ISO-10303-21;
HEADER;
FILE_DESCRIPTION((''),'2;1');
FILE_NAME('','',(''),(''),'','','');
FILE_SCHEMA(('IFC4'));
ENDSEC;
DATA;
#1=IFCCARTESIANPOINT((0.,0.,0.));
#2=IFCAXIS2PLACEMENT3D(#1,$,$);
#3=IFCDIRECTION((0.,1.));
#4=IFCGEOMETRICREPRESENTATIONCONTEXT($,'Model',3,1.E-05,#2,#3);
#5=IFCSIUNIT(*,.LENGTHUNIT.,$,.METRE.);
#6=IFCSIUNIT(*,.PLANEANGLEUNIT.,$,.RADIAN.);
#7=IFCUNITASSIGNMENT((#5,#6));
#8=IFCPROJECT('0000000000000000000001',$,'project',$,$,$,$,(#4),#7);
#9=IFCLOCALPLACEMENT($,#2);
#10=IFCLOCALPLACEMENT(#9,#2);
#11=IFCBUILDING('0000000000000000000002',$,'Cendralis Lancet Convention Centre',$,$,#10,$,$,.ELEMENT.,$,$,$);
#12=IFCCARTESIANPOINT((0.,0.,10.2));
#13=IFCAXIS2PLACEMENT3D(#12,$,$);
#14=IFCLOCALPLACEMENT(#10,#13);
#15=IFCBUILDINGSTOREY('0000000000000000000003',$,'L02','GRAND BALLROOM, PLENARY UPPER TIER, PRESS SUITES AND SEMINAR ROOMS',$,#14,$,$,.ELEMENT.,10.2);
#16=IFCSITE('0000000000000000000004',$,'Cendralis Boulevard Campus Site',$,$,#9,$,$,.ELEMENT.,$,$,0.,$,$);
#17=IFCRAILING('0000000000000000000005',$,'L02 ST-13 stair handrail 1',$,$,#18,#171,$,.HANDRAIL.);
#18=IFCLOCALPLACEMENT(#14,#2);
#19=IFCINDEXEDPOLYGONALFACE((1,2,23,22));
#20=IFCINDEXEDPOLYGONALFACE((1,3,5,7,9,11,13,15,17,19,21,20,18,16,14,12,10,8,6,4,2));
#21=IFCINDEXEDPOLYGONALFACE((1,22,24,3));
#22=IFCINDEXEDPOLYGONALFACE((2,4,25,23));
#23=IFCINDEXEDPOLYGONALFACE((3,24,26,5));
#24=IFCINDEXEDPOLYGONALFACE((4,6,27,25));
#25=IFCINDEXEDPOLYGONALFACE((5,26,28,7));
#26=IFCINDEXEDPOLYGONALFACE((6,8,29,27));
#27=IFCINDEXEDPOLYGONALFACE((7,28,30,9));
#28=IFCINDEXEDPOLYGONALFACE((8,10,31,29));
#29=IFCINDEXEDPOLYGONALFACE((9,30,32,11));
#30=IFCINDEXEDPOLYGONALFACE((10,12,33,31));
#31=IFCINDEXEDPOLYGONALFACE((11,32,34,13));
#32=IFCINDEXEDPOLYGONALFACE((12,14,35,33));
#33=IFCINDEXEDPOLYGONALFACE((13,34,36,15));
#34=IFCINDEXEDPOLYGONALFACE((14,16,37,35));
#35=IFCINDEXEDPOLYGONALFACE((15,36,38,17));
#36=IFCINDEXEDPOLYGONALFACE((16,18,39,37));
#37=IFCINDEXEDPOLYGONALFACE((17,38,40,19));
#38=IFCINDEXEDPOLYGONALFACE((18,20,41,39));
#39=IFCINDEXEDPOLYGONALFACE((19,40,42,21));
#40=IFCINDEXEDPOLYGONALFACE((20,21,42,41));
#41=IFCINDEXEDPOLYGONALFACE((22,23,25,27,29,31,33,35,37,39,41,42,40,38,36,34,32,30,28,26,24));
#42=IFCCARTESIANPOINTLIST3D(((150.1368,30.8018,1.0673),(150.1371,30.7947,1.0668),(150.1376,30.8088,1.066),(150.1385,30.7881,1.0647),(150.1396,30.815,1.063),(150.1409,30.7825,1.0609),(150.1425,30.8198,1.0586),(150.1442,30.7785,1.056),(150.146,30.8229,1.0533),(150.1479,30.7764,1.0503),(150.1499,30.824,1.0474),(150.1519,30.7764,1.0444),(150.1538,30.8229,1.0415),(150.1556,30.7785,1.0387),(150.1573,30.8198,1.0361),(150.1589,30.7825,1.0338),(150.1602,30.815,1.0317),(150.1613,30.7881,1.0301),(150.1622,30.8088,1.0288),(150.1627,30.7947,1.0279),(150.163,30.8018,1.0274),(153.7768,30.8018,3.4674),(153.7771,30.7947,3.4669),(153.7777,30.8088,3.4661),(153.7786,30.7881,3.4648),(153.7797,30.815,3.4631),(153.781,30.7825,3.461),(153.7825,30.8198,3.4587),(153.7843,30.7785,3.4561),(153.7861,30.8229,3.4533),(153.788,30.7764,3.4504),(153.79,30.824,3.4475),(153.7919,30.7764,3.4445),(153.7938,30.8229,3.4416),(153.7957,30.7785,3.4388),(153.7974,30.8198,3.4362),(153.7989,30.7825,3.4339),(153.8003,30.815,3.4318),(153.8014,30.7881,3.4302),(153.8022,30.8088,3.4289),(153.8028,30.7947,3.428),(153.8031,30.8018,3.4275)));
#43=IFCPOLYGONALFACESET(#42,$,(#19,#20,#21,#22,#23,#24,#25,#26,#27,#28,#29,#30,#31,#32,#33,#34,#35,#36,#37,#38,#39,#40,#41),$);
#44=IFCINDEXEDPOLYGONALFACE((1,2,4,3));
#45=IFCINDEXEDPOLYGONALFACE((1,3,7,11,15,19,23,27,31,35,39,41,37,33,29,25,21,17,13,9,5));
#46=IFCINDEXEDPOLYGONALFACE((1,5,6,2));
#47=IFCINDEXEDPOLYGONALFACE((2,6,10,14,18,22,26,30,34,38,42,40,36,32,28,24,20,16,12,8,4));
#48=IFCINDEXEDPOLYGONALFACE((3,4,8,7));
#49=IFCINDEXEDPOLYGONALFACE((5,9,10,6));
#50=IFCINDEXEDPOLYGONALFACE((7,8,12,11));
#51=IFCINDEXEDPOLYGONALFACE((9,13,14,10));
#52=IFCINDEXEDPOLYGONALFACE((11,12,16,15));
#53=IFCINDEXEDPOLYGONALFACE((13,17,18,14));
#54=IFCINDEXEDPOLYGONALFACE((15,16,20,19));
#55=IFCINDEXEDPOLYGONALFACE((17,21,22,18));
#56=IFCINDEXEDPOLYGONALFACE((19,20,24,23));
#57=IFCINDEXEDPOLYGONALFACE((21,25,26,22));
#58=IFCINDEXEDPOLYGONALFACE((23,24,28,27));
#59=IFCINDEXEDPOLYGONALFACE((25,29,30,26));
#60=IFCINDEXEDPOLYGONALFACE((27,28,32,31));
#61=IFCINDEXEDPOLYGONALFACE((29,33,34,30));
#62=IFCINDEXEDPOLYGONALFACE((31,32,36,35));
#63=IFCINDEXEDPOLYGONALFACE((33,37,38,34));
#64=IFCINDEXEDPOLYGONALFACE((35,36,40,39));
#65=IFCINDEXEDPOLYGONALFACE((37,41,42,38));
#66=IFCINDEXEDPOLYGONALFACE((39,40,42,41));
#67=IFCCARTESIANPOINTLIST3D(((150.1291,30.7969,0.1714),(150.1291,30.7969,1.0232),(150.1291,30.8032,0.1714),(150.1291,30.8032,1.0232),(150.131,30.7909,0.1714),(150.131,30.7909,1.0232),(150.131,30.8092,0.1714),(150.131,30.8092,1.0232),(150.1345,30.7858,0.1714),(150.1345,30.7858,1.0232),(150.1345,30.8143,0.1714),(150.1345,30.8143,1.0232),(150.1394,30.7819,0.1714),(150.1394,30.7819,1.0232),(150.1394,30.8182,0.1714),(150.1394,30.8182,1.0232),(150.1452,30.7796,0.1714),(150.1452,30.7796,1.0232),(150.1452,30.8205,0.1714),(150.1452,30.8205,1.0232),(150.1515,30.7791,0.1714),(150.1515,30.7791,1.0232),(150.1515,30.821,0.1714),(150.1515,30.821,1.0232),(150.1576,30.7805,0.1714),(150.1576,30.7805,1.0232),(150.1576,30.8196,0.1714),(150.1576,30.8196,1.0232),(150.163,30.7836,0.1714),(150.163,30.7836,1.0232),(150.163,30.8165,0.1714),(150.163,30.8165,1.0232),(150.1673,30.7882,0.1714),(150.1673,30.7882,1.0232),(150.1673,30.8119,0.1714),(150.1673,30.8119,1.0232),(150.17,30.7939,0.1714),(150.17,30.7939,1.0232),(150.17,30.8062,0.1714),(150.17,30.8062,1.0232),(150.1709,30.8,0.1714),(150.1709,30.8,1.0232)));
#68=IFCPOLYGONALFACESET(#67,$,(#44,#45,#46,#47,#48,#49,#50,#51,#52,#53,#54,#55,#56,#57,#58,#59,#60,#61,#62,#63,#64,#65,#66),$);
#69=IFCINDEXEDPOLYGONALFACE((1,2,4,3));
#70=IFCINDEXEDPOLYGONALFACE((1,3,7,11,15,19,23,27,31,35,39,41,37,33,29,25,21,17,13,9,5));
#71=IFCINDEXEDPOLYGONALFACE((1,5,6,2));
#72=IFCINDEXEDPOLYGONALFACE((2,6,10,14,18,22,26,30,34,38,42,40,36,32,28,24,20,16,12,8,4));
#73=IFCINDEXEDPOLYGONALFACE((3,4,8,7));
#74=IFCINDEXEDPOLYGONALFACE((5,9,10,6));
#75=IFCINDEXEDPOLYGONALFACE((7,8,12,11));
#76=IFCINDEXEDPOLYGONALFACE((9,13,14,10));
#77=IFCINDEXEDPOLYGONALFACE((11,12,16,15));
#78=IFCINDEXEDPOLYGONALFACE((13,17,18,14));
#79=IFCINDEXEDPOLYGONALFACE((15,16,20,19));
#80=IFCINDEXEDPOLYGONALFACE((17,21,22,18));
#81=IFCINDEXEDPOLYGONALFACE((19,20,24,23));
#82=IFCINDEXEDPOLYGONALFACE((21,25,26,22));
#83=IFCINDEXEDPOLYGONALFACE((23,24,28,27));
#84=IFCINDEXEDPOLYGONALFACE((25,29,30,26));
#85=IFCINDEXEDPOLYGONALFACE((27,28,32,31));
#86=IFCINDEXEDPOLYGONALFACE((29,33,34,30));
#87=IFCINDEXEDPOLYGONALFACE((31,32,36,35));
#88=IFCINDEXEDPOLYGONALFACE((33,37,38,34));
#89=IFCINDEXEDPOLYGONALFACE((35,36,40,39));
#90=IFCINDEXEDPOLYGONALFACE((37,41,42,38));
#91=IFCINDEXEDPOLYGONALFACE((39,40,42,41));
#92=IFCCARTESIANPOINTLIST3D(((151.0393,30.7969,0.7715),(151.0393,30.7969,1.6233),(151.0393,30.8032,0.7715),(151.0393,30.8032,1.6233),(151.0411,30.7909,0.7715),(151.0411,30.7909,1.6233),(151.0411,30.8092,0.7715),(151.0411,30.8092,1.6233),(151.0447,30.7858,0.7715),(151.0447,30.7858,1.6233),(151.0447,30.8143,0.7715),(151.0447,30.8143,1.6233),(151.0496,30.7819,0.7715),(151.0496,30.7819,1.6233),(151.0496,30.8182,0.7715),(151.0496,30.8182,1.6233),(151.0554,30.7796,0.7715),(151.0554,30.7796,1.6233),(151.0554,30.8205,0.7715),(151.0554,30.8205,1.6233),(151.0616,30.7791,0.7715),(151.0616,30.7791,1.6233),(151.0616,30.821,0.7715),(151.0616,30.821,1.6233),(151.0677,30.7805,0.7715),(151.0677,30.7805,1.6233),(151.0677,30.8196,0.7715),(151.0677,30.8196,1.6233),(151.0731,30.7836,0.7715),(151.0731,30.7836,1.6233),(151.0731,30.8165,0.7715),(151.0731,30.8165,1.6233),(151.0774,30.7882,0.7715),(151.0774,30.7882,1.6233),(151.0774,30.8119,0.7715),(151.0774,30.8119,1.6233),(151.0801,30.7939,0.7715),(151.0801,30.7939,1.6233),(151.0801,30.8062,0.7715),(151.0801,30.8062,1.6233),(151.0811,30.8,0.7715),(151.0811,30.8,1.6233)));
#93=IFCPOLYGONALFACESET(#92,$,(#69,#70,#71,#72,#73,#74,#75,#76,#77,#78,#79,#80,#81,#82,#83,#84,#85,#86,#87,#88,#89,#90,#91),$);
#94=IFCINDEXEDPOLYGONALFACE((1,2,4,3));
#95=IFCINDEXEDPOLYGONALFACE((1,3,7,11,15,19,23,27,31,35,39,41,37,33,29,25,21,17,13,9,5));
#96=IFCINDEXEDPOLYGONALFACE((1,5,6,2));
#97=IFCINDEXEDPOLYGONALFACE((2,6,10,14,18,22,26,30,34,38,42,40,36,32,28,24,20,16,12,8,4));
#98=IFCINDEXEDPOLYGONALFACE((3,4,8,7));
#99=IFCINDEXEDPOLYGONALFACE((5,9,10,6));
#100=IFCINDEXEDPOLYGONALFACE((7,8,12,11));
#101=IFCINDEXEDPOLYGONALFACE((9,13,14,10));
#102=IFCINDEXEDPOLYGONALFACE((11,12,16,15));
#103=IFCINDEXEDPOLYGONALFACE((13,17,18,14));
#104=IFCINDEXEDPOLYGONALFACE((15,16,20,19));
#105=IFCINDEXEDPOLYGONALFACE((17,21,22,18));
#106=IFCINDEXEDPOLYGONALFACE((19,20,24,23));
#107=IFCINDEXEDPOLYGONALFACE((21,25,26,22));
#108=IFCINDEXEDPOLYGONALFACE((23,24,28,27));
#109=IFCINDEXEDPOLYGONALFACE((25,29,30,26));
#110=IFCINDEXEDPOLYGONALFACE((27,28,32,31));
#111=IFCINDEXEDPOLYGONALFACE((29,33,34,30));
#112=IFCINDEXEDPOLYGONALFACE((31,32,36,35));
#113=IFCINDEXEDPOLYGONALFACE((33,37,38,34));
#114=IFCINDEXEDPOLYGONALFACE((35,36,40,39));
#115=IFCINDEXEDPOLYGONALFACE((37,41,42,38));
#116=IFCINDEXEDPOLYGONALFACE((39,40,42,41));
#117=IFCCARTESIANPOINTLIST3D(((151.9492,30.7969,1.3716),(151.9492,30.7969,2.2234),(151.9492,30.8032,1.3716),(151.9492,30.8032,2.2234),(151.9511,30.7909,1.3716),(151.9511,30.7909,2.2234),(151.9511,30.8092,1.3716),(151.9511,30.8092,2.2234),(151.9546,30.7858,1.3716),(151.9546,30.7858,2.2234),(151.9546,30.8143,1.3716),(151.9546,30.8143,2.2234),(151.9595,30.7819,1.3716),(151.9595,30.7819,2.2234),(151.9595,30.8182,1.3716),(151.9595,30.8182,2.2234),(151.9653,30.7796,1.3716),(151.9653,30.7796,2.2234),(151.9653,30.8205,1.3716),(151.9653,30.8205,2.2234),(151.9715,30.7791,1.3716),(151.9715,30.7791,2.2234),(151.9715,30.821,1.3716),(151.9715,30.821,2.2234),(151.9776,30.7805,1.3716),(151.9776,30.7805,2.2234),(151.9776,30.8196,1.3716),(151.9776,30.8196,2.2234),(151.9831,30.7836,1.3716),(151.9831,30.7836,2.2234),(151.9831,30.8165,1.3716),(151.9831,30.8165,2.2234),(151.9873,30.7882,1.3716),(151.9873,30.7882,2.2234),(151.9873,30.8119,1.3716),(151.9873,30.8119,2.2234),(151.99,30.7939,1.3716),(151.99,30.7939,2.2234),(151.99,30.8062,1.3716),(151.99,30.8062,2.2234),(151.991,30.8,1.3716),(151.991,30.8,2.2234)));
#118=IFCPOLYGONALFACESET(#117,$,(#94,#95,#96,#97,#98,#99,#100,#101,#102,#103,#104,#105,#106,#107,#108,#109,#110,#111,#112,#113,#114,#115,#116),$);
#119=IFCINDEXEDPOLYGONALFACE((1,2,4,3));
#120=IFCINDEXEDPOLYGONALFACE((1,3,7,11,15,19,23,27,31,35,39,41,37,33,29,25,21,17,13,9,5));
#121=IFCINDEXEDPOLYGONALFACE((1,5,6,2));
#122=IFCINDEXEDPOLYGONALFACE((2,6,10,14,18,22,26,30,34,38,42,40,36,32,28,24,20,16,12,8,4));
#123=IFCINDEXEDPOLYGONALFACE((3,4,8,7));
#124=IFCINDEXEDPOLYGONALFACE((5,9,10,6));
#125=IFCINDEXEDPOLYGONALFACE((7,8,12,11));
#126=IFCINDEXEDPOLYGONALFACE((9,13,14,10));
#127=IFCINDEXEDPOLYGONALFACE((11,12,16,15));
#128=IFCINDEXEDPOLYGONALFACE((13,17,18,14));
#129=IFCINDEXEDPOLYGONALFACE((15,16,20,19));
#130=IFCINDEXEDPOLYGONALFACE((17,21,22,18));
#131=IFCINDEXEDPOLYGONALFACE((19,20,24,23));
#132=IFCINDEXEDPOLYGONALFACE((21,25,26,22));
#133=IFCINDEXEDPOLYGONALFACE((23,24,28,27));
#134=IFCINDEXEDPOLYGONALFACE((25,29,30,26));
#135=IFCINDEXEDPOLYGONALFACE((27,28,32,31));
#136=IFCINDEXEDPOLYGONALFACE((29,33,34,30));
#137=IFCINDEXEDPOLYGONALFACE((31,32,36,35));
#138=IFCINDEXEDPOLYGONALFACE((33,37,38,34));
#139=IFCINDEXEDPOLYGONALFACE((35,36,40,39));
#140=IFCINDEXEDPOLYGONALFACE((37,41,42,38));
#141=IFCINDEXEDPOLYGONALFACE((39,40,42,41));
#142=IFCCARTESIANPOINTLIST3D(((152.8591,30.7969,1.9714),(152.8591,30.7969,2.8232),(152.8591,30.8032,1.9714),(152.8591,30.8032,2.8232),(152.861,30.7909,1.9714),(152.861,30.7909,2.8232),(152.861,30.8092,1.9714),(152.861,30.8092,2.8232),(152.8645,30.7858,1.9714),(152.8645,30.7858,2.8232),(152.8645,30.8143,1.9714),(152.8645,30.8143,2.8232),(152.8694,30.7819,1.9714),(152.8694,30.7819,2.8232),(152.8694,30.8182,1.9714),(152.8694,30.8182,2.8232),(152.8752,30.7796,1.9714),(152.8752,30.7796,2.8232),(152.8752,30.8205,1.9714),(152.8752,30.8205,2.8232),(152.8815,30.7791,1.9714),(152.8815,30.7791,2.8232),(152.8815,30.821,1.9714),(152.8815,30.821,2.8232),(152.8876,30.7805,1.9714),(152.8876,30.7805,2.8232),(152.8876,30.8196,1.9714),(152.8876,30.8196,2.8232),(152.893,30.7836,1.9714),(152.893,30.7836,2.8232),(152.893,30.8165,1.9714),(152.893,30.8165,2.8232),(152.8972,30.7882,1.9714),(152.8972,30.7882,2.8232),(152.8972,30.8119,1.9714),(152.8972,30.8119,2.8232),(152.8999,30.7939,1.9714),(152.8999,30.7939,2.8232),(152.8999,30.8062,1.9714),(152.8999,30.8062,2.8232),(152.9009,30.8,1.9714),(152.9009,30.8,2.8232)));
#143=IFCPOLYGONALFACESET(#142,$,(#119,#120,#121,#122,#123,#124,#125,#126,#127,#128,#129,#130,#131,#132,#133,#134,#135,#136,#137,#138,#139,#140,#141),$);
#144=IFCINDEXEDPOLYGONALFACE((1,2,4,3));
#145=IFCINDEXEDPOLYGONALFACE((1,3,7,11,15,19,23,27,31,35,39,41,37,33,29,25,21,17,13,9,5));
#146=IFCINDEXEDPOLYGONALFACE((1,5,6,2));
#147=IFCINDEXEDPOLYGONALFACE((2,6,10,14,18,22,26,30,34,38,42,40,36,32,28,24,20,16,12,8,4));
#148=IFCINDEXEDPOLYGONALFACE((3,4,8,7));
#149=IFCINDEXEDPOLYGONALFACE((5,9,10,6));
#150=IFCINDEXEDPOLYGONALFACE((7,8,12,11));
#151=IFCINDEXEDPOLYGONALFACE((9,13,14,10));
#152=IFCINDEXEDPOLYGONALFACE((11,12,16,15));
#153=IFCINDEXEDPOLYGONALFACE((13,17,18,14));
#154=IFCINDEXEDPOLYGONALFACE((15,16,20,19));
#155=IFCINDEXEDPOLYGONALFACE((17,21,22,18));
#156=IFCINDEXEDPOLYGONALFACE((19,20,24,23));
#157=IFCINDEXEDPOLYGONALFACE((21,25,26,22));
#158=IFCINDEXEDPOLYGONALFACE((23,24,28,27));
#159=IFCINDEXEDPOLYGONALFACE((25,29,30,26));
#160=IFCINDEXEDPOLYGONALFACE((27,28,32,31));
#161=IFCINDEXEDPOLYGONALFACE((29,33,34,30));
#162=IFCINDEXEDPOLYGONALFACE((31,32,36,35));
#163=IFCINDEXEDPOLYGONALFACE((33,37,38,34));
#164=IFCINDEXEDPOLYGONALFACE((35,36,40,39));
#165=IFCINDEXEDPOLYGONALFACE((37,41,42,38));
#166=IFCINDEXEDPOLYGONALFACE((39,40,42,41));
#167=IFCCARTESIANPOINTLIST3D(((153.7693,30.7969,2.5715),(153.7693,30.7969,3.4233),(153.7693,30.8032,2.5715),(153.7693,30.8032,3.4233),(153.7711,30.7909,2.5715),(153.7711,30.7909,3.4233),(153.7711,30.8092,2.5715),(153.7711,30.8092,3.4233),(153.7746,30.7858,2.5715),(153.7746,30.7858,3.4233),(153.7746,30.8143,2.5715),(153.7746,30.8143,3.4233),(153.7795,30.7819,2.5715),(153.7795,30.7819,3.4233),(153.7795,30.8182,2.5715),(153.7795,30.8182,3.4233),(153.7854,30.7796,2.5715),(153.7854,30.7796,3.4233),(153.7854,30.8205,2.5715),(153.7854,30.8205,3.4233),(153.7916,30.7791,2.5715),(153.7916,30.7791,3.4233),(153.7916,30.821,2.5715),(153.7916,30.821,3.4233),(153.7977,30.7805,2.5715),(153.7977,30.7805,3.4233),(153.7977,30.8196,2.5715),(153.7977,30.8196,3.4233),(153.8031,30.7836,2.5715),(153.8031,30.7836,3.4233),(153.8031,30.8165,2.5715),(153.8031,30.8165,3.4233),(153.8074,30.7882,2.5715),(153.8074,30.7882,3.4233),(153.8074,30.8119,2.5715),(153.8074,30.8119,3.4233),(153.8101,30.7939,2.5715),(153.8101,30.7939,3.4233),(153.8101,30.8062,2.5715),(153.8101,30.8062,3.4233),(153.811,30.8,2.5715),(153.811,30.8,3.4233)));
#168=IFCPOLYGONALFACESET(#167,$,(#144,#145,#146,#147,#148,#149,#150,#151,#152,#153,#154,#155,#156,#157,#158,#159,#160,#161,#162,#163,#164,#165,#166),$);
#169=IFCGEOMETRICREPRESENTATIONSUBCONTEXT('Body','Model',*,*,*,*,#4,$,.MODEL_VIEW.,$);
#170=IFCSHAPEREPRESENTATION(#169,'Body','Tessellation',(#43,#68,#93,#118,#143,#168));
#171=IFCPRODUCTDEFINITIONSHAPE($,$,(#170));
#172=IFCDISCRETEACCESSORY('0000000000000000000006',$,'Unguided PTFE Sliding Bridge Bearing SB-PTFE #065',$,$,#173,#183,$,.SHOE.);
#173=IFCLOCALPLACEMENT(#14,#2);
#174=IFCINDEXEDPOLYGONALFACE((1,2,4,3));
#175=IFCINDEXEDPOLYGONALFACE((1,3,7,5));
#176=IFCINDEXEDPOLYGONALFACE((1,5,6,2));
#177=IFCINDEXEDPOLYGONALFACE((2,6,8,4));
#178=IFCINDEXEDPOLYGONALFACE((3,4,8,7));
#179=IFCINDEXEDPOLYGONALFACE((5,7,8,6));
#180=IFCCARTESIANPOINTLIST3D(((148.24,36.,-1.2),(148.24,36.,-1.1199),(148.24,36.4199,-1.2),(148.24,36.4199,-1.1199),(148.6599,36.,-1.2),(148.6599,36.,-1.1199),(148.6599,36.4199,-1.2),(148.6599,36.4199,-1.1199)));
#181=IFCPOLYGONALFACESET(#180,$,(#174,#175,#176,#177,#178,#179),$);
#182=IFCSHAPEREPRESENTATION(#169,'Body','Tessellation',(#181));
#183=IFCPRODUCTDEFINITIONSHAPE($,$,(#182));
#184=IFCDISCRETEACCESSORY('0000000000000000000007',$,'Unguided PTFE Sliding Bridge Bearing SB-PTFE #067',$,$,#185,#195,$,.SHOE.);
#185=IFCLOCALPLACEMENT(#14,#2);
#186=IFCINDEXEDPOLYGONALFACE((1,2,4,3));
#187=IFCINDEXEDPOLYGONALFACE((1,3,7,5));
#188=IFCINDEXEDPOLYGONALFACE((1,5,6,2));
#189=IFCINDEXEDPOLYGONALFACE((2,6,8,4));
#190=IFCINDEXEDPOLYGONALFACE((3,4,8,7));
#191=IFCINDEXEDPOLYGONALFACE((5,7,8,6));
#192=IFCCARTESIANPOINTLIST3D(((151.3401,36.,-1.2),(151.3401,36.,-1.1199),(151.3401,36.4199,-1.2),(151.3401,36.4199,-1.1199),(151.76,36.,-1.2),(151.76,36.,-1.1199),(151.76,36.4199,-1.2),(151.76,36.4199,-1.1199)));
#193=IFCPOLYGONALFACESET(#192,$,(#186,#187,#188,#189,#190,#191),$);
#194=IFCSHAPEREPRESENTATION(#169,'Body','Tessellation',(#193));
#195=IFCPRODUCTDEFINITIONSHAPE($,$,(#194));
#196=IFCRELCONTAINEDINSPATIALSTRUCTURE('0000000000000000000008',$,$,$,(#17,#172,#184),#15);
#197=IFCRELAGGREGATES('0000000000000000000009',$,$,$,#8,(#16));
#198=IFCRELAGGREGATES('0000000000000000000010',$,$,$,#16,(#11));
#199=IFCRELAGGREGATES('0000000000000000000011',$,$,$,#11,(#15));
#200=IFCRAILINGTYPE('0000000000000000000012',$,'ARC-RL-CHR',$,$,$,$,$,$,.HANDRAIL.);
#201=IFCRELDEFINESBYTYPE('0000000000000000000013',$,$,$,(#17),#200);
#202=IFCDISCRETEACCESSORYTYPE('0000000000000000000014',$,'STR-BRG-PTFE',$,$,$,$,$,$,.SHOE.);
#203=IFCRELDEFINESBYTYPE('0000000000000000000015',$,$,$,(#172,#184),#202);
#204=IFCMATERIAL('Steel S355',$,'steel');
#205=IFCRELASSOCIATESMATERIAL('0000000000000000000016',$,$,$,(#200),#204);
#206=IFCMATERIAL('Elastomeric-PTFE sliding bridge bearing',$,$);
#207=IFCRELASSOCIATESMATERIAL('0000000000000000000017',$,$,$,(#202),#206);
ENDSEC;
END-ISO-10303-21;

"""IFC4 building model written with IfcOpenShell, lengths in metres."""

from ifc_helpers import new_model, si_unit, direction, frame, origin, origin_2d, place, context, subcontext, project, spatial, rectangle, circle, extrude, material, type_object, element, save


model = new_model("IFC4")

# Units and contexts
model_context = context("Model", 3, precision=1e-05, world=origin(), true_north=direction((0.0, 1.0)))
body_context = subcontext(model_context, "Body", "Model", "MODEL_VIEW")
ifc_project = project(units=[si_unit("LENGTHUNIT", "METRE"), si_unit("PLANEANGLEUNIT", "RADIAN")], contexts=[model_context])

# Site, building, storey
site_placement = place(None, origin())
site = spatial("IfcSite", under=ifc_project, at=site_placement, Name="Cendralis Boulevard Campus Site", CompositionType="ELEMENT", RefElevation=0.0)
building_placement = place(site_placement, origin())
building = spatial("IfcBuilding", under=site, at=building_placement, Name="Cendralis Lancet Convention Centre", CompositionType="ELEMENT")
storey_placement = place(building_placement, frame((0.0, 0.0, 10.2)))
storey = spatial("IfcBuildingStorey", under=building, at=storey_placement, Name="L02", Description="GRAND BALLROOM, PLENARY UPPER TIER, PRESS SUITES AND SEMINAR ROOMS", CompositionType="ELEMENT", Elevation=10.2)

# Shared definitions
ifc_material_1 = material(Name="Steel S355", Category="steel")

# Railing
railing_type_1 = type_object("IfcRailingType", Name="ARC-RL-CHR", PredefinedType="HANDRAIL", material=ifc_material_1)
railing_1_placement = place(storey_placement, frame((150.1499, 30.8, 0.1714)))
element("IfcRailing", 1, at=railing_1_placement, inside=storey, type_object=railing_type_1, Name="L02 ST-13 stair handrail 1", PredefinedType="HANDRAIL", context=body_context, shape_type="SweptSolid", body=[
    extrude(circle(Radius=0.0239, at=origin_2d()), frame((0.0, 0.0, 0.876), z_axis=(0.834856, 0.0, 0.550468), x_axis=(0.0, 1.0, 0.0)), (0.0, 0.0, 1.0), 4.3601),
    extrude(circle(Radius=0.021, at=origin_2d()), origin(), (0.0, 0.0, 1.0), 0.8518),
    extrude(circle(Radius=0.021, at=origin_2d()), frame((0.9102, 0.0, 0.6001)), (0.0, 0.0, 1.0), 0.8518),
    extrude(circle(Radius=0.021, at=origin_2d()), frame((1.8201, 0.0, 1.2002)), (0.0, 0.0, 1.0), 0.8518),
    extrude(circle(Radius=0.021, at=origin_2d()), frame((2.73, 0.0, 1.8)), (0.0, 0.0, 1.0), 0.8518),
    extrude(circle(Radius=0.021, at=origin_2d()), frame((3.6401, 0.0, 2.4001)), (0.0, 0.0, 1.0), 0.8518),
])

# Discrete accessories
ifc_material_2 = material(Name="Elastomeric-PTFE sliding bridge bearing")
discrete_accessory_type = type_object("IfcDiscreteAccessoryType", Name="STR-BRG-PTFE", PredefinedType="SHOE", material=ifc_material_2)
for number, where, z_axis, x_axis, name in (
    (2, (148.45, 36.21, -1.2), (0.0, 0.0, 1.0), (1.0, 0.0, 0.0), "Unguided PTFE Sliding Bridge Bearing SB-PTFE #065"),
    (3, (151.55, 36.21, -1.2), (0.0, 0.0, 1.0), (1.0, 0.0, 0.0), "Unguided PTFE Sliding Bridge Bearing SB-PTFE #067"),
):
    element("IfcDiscreteAccessory", number, at=place(storey_placement, frame(where, z_axis=z_axis, x_axis=x_axis)), inside=storey, type_object=discrete_accessory_type, Name=name, PredefinedType="SHOE", context=body_context, shape_type="SweptSolid", body=[
        extrude(rectangle(XDim=0.4199, YDim=0.4199, at=origin_2d()), origin(), (0.0, 0.0, 1.0), 0.0801),
    ])

save(model, "model.ifc")
